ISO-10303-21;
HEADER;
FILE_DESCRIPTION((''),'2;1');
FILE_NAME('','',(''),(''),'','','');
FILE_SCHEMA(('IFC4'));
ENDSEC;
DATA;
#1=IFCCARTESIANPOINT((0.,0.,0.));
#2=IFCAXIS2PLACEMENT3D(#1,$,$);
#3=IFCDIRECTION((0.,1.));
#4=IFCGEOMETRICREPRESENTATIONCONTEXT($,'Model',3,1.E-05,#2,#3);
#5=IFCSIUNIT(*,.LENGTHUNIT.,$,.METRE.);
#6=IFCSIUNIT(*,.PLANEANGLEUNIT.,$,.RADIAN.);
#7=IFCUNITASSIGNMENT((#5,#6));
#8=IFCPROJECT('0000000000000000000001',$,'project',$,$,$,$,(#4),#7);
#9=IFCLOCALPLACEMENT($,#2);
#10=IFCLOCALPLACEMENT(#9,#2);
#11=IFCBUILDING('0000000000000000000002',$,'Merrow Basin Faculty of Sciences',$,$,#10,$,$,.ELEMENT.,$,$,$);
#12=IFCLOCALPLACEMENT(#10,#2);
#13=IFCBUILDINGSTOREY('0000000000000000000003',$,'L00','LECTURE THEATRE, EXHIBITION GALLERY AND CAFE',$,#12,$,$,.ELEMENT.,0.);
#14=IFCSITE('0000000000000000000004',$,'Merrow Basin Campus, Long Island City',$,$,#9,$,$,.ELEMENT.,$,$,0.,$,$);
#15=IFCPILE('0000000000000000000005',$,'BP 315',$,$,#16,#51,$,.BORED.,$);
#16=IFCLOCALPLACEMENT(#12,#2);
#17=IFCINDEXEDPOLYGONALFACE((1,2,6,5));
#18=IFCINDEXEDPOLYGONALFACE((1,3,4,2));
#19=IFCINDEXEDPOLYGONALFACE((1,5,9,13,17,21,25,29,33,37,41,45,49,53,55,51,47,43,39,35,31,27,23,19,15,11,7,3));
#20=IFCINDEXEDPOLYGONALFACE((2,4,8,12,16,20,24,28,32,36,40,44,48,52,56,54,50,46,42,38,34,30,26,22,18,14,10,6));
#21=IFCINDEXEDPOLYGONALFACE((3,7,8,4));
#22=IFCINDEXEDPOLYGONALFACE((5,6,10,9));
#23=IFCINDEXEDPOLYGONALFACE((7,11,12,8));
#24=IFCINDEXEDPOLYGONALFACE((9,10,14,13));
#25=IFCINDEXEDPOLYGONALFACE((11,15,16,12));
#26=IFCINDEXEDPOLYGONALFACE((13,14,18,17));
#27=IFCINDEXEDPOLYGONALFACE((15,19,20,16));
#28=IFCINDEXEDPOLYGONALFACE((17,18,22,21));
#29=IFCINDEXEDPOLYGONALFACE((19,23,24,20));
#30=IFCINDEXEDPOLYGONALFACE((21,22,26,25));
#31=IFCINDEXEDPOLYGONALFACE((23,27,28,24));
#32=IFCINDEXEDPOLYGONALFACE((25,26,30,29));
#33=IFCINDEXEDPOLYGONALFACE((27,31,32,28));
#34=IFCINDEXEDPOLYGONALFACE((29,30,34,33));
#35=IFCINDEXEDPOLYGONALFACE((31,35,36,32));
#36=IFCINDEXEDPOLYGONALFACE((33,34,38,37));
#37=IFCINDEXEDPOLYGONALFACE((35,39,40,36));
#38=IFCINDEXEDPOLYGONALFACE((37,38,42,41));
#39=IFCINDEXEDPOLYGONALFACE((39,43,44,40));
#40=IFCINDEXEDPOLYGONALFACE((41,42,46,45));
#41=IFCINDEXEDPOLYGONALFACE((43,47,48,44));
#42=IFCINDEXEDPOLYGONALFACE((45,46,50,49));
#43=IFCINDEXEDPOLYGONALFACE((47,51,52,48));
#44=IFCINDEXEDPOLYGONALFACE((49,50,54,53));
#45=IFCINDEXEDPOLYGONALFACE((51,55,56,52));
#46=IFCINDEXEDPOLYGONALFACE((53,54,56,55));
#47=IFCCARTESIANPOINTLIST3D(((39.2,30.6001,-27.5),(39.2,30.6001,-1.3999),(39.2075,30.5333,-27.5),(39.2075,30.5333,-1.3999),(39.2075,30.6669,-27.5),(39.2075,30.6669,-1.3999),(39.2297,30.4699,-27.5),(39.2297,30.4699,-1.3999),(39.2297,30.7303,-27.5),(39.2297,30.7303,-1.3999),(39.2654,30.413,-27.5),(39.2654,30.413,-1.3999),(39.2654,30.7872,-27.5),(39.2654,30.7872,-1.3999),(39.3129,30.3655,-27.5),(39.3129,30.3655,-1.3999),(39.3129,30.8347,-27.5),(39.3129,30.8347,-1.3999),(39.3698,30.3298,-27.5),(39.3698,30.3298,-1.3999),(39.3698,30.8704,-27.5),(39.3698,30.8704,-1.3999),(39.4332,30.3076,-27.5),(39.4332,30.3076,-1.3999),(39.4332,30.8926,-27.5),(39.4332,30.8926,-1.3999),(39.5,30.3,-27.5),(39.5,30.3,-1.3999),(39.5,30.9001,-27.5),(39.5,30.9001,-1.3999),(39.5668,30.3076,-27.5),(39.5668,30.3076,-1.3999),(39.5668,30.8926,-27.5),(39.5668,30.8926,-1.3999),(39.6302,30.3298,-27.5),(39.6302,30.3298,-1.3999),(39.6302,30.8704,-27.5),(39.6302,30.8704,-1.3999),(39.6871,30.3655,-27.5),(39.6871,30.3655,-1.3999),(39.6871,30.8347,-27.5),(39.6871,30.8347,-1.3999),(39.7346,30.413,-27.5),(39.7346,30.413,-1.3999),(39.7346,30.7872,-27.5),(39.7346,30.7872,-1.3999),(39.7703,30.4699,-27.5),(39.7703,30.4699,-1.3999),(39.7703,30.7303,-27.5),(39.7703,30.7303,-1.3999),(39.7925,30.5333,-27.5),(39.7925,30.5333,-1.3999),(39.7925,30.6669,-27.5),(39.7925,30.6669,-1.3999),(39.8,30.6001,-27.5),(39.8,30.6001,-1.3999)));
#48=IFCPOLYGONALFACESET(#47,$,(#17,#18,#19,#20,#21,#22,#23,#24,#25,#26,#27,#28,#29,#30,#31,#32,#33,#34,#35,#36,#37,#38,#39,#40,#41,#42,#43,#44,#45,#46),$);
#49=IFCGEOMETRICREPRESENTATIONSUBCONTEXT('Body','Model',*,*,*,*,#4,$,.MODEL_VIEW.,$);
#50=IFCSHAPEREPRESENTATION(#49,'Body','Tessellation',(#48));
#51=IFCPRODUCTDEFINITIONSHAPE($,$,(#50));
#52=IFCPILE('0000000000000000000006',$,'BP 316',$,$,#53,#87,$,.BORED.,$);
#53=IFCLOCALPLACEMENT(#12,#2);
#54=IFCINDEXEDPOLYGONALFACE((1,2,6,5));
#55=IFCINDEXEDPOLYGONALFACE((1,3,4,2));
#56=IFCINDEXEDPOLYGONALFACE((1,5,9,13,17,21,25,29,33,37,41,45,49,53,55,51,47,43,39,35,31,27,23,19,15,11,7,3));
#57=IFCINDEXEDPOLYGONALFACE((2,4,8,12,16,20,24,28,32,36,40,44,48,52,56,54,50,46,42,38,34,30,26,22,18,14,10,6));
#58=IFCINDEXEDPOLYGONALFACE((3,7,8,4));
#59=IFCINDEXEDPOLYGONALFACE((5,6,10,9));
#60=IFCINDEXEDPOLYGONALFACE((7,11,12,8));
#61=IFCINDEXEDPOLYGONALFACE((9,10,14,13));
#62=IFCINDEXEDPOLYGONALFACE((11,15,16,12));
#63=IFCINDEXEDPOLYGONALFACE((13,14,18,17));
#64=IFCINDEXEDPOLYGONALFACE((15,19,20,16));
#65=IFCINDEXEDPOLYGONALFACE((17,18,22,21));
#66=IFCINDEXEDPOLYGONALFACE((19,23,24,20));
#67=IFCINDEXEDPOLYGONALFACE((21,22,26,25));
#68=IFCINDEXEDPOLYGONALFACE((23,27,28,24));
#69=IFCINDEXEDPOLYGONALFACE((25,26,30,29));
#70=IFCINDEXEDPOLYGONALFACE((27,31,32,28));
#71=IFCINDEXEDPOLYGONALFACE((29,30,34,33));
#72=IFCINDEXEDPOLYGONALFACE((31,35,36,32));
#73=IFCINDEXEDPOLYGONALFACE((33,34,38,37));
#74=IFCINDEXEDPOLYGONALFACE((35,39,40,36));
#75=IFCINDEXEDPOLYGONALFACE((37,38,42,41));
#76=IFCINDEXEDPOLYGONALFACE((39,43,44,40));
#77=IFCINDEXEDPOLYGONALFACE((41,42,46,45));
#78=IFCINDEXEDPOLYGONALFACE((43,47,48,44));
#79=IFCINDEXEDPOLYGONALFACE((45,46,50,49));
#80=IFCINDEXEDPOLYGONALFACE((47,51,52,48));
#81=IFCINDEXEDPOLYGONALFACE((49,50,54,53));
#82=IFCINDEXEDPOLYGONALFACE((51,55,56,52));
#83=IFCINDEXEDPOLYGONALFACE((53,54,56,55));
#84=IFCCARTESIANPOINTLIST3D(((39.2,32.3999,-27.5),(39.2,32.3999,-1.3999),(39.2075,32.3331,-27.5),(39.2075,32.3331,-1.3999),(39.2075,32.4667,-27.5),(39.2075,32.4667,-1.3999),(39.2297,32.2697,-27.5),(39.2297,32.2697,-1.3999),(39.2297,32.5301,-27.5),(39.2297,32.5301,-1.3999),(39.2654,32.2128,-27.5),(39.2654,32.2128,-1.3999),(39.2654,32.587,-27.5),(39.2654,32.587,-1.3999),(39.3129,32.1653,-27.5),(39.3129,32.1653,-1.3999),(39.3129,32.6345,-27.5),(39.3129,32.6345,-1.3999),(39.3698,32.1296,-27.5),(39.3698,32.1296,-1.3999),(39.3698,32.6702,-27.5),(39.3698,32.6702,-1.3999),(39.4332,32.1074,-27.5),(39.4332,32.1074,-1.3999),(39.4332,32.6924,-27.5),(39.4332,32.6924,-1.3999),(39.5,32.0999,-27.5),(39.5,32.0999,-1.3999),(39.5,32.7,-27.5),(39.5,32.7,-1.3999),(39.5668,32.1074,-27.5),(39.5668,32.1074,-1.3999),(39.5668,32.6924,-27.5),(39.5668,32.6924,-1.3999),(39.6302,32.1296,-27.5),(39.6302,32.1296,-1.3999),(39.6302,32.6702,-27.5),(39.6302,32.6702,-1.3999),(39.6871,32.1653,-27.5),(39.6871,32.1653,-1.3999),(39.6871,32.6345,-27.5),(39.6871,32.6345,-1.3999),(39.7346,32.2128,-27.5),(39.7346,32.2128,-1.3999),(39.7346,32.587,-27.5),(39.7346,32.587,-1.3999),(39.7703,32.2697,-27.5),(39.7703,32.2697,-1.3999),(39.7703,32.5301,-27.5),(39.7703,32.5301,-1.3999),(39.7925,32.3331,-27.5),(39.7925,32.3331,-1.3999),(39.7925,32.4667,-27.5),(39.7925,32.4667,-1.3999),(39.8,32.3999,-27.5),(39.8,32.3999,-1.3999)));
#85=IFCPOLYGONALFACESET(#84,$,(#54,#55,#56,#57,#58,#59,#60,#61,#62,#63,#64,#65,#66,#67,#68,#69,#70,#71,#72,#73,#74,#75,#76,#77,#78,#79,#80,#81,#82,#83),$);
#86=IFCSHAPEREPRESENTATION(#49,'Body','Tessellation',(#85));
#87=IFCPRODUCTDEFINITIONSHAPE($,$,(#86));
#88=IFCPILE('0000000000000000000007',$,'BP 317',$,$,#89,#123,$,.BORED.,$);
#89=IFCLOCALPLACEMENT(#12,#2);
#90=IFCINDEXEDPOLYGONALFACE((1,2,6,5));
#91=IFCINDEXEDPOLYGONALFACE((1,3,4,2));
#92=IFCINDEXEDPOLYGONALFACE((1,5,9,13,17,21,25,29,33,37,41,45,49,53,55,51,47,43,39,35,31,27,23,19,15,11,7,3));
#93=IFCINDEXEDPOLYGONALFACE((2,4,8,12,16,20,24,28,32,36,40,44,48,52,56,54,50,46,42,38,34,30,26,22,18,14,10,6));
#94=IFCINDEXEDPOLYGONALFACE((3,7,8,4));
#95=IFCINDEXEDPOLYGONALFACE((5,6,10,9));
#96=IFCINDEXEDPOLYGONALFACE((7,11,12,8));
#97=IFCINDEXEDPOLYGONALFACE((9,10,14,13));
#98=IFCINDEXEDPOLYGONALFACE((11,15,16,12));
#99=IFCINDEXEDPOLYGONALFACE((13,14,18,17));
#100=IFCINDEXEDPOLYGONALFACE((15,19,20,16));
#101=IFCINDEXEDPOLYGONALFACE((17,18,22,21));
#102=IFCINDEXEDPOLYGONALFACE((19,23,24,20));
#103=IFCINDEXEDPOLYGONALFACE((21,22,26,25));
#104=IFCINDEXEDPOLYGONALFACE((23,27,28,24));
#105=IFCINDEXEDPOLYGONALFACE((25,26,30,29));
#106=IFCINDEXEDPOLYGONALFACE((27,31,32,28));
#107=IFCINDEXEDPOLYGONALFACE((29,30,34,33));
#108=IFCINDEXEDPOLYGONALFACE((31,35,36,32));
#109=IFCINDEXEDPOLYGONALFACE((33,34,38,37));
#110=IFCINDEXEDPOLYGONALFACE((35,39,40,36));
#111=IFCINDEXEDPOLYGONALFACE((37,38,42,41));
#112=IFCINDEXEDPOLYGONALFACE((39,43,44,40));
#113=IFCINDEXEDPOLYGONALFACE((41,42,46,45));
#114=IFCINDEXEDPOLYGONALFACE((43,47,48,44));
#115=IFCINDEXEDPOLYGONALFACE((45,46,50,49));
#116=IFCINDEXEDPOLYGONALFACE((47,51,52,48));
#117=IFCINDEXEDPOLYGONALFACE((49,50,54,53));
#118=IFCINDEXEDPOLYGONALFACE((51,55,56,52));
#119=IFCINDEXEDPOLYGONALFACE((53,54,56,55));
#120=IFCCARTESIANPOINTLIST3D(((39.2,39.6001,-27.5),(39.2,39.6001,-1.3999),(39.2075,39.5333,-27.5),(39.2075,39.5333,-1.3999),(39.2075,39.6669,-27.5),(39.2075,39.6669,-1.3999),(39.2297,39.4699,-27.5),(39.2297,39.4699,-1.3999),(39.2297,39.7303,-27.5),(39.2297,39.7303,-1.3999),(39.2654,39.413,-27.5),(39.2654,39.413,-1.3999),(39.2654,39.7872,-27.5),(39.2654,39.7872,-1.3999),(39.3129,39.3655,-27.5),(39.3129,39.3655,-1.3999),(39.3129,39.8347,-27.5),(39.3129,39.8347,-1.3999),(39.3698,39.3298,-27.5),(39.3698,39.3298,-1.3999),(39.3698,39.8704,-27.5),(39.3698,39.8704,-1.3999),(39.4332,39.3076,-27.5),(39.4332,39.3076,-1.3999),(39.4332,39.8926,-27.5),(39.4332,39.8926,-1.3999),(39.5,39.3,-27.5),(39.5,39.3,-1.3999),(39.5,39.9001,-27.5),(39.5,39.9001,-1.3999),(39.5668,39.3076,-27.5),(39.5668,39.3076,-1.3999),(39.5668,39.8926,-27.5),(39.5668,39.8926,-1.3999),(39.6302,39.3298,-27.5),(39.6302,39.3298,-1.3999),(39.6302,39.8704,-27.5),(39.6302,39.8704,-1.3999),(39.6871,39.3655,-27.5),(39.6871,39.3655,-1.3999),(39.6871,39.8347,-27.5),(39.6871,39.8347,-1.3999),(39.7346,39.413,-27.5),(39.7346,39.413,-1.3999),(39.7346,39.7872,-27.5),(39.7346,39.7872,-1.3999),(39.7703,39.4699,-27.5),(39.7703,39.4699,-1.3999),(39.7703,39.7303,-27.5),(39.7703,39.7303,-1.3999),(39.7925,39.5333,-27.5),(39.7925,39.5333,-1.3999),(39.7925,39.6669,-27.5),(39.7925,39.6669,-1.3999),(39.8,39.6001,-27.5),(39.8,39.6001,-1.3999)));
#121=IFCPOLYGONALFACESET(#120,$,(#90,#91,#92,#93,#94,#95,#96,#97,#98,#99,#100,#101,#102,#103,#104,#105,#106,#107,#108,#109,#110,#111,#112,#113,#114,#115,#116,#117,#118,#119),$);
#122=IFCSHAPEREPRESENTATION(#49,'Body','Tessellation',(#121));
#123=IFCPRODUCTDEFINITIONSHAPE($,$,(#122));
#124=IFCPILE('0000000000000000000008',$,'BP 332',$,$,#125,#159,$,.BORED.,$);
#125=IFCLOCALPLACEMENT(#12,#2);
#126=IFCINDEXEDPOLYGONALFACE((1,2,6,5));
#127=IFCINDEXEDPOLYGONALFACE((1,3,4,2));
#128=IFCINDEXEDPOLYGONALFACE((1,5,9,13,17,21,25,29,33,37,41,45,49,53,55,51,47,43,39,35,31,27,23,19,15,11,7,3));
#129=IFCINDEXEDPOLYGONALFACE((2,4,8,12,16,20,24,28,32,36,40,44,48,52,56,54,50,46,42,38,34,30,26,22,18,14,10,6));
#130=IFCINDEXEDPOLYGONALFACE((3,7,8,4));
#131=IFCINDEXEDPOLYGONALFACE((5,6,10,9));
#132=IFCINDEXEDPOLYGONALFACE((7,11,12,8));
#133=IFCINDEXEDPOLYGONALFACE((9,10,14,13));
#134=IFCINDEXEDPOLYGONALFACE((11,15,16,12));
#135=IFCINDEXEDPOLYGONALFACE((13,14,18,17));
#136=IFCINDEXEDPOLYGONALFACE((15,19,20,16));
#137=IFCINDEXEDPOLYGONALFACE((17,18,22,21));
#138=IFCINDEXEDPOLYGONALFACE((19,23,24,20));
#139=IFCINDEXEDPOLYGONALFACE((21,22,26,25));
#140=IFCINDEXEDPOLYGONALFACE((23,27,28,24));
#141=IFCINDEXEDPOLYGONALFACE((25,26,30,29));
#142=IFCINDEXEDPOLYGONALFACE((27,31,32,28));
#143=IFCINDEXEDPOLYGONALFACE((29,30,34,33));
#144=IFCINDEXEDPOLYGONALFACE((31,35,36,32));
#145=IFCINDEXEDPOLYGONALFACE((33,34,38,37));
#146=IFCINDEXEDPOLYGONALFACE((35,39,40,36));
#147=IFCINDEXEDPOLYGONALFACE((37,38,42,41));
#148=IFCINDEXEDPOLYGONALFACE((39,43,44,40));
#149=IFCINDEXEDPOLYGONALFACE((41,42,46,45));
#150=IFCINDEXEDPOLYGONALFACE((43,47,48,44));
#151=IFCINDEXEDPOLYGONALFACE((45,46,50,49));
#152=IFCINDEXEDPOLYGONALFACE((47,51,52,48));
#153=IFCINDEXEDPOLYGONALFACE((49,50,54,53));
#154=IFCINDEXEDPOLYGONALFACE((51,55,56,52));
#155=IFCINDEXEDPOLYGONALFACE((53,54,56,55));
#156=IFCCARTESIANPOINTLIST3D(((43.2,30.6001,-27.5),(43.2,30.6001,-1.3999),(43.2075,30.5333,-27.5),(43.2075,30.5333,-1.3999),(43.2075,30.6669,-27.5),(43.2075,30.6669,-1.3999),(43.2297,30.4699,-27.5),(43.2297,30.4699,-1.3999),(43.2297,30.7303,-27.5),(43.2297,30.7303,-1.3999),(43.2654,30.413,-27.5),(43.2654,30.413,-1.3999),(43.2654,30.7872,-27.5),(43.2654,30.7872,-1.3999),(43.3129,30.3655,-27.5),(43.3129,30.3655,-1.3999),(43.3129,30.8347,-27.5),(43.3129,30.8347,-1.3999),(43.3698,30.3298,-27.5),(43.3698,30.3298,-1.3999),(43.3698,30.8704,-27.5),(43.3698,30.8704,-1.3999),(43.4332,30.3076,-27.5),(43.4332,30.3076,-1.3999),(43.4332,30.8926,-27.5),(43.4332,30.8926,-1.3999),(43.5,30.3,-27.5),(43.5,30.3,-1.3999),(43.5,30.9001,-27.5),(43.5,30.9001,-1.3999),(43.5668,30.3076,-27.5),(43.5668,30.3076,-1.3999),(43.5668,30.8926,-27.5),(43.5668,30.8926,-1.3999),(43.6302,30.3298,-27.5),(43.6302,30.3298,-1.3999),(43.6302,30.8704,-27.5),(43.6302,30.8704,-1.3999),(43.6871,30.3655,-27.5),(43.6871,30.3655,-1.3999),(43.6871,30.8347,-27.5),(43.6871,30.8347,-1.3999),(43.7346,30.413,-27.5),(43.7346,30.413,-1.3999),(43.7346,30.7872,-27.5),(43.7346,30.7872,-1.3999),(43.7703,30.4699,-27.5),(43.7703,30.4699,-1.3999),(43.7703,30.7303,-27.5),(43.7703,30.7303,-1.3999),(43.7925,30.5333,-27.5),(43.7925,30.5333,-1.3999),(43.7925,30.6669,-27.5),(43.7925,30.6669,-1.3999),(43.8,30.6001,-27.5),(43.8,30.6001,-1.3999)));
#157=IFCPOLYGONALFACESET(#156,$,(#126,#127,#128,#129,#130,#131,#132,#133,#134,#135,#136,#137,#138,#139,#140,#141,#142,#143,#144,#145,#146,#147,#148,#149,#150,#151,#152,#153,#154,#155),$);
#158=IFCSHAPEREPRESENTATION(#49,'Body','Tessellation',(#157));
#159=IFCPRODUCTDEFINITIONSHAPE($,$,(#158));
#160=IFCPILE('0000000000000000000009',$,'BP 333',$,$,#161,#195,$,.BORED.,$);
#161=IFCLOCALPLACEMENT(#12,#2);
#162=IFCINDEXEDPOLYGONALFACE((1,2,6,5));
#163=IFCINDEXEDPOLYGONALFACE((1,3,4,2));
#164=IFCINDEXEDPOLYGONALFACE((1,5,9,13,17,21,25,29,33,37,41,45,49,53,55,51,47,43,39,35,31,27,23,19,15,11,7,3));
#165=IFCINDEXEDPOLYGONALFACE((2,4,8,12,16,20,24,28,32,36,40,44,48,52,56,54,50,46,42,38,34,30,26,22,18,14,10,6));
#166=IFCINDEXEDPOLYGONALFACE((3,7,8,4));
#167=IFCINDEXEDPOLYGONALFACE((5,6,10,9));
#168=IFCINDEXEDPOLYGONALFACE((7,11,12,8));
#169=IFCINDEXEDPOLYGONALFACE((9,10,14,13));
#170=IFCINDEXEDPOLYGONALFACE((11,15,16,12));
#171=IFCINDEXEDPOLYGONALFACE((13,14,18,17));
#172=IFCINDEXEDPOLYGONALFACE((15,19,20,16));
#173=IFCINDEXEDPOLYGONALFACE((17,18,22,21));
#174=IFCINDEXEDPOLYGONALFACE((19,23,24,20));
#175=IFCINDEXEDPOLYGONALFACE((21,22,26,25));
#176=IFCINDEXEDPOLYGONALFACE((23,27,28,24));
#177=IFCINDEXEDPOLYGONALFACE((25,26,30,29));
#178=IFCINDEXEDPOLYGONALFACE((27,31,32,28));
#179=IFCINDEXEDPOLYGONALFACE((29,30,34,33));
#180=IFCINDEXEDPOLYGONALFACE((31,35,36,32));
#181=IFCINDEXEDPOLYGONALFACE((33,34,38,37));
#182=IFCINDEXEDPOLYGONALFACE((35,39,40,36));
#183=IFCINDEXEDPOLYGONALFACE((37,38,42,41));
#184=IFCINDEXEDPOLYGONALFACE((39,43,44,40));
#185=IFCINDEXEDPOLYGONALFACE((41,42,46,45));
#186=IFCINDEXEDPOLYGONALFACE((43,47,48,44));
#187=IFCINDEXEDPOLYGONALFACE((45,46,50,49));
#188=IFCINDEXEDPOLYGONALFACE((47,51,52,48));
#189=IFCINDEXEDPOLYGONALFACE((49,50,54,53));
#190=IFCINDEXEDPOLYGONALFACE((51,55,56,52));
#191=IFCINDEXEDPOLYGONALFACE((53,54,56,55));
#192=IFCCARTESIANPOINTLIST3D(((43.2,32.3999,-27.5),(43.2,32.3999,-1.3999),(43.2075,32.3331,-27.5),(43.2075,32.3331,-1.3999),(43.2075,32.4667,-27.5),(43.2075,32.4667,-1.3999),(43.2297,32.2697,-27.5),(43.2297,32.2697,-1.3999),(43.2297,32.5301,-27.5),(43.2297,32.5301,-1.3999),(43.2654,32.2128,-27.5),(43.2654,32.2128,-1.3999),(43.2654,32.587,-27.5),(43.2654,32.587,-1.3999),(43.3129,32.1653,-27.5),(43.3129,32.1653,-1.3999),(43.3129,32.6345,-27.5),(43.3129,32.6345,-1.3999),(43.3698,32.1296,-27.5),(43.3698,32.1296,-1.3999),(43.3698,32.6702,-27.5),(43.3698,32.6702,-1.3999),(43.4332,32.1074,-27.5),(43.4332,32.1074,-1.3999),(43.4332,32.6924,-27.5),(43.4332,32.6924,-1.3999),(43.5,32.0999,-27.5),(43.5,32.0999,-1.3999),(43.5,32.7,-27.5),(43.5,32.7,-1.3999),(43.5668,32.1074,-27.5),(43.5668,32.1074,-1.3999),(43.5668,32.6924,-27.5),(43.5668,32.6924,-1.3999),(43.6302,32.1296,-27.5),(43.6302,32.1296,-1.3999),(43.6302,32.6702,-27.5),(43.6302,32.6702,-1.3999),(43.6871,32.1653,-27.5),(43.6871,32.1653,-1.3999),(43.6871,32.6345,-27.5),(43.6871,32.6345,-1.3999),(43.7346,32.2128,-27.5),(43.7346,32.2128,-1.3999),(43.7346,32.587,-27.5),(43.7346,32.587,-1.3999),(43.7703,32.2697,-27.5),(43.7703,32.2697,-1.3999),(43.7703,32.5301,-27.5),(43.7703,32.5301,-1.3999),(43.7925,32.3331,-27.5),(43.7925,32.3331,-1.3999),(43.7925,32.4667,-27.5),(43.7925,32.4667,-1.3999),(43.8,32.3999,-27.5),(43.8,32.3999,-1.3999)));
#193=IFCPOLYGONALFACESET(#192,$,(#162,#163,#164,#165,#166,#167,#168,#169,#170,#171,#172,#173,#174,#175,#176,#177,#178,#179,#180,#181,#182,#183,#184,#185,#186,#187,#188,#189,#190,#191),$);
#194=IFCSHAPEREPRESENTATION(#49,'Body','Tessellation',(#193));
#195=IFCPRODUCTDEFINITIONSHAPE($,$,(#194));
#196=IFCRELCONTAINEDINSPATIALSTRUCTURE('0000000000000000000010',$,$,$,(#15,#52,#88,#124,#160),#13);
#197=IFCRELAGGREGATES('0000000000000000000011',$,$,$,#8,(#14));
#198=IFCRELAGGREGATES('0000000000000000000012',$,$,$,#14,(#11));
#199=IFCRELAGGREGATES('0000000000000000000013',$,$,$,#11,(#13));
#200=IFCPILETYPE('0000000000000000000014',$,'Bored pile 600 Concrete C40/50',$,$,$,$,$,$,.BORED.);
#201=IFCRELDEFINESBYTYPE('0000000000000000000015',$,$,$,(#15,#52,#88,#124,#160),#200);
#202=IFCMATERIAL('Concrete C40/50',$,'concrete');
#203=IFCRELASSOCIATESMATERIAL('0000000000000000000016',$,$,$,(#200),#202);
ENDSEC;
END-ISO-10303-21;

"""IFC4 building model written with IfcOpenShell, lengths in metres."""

from ifc_helpers import new_model, si_unit, direction, frame, origin, origin_2d, place, context, subcontext, project, spatial, circle, extrude, material, material_profile, profile_set, type_object, element, save


model = new_model("IFC4")

# Units and contexts
model_context = context("Model", 3, precision=1e-05, world=origin(), true_north=direction((0.0, 1.0)))
body_context = subcontext(model_context, "Body", "Model", "MODEL_VIEW")
ifc_project = project(units=[si_unit("LENGTHUNIT", "METRE"), si_unit("PLANEANGLEUNIT", "RADIAN")], contexts=[model_context])

# Site, building, storey
site_placement = place(None, origin())
site = spatial("IfcSite", under=ifc_project, at=site_placement, Name="Merrow Basin Campus, Long Island City", CompositionType="ELEMENT", RefElevation=0.0)
building_placement = place(site_placement, origin())
building = spatial("IfcBuilding", under=site, at=building_placement, Name="Merrow Basin Faculty of Sciences", CompositionType="ELEMENT")
storey_placement = place(building_placement, origin())
storey = spatial("IfcBuildingStorey", under=building, at=storey_placement, Name="L00", Description="LECTURE THEATRE, EXHIBITION GALLERY AND CAFE", CompositionType="ELEMENT", Elevation=0.0)

# Piles
ifc_material_1 = material(Name="Concrete C40/50", Category="concrete")
ifc_material_profile_1 = material_profile(ifc_material_1, circle(Radius=0.3, at=origin_2d()))
ifc_profile_set_1 = profile_set([ifc_material_profile_1], Name="Concrete C40/50")
pile_type_1 = type_object("IfcPileType", Name="Bored pile 600 Concrete C40/50", PredefinedType="BORED", material=ifc_profile_set_1)
for number, where, z_axis, x_axis, name in (
    (1, (39.5, 30.6001, -1.3999), (0.0, 0.0, -1.0), (1.0, 0.0, 0.0), "BP 315"),
    (2, (39.5, 32.3999, -1.3999), (0.0, 0.0, -1.0), (1.0, 0.0, 0.0), "BP 316"),
    (3, (39.5, 39.6001, -1.3999), (0.0, 0.0, -1.0), (1.0, 0.0, 0.0), "BP 317"),
    (4, (43.5, 30.6001, -1.3999), (0.0, 0.0, -1.0), (1.0, 0.0, 0.0), "BP 332"),
    (5, (43.5, 32.3999, -1.3999), (0.0, 0.0, -1.0), (1.0, 0.0, 0.0), "BP 333"),
):
    element("IfcPile", number, at=place(storey_placement, frame(where, z_axis=z_axis, x_axis=x_axis)), inside=storey, type_object=pile_type_1, Name=name, PredefinedType="BORED", context=body_context, shape_type="SweptSolid", body=[
        extrude(circle(Radius=0.3, at=origin_2d()), origin(), (0.0, 0.0, 1.0), 26.1001),
    ])

save(model, "model.ifc")
